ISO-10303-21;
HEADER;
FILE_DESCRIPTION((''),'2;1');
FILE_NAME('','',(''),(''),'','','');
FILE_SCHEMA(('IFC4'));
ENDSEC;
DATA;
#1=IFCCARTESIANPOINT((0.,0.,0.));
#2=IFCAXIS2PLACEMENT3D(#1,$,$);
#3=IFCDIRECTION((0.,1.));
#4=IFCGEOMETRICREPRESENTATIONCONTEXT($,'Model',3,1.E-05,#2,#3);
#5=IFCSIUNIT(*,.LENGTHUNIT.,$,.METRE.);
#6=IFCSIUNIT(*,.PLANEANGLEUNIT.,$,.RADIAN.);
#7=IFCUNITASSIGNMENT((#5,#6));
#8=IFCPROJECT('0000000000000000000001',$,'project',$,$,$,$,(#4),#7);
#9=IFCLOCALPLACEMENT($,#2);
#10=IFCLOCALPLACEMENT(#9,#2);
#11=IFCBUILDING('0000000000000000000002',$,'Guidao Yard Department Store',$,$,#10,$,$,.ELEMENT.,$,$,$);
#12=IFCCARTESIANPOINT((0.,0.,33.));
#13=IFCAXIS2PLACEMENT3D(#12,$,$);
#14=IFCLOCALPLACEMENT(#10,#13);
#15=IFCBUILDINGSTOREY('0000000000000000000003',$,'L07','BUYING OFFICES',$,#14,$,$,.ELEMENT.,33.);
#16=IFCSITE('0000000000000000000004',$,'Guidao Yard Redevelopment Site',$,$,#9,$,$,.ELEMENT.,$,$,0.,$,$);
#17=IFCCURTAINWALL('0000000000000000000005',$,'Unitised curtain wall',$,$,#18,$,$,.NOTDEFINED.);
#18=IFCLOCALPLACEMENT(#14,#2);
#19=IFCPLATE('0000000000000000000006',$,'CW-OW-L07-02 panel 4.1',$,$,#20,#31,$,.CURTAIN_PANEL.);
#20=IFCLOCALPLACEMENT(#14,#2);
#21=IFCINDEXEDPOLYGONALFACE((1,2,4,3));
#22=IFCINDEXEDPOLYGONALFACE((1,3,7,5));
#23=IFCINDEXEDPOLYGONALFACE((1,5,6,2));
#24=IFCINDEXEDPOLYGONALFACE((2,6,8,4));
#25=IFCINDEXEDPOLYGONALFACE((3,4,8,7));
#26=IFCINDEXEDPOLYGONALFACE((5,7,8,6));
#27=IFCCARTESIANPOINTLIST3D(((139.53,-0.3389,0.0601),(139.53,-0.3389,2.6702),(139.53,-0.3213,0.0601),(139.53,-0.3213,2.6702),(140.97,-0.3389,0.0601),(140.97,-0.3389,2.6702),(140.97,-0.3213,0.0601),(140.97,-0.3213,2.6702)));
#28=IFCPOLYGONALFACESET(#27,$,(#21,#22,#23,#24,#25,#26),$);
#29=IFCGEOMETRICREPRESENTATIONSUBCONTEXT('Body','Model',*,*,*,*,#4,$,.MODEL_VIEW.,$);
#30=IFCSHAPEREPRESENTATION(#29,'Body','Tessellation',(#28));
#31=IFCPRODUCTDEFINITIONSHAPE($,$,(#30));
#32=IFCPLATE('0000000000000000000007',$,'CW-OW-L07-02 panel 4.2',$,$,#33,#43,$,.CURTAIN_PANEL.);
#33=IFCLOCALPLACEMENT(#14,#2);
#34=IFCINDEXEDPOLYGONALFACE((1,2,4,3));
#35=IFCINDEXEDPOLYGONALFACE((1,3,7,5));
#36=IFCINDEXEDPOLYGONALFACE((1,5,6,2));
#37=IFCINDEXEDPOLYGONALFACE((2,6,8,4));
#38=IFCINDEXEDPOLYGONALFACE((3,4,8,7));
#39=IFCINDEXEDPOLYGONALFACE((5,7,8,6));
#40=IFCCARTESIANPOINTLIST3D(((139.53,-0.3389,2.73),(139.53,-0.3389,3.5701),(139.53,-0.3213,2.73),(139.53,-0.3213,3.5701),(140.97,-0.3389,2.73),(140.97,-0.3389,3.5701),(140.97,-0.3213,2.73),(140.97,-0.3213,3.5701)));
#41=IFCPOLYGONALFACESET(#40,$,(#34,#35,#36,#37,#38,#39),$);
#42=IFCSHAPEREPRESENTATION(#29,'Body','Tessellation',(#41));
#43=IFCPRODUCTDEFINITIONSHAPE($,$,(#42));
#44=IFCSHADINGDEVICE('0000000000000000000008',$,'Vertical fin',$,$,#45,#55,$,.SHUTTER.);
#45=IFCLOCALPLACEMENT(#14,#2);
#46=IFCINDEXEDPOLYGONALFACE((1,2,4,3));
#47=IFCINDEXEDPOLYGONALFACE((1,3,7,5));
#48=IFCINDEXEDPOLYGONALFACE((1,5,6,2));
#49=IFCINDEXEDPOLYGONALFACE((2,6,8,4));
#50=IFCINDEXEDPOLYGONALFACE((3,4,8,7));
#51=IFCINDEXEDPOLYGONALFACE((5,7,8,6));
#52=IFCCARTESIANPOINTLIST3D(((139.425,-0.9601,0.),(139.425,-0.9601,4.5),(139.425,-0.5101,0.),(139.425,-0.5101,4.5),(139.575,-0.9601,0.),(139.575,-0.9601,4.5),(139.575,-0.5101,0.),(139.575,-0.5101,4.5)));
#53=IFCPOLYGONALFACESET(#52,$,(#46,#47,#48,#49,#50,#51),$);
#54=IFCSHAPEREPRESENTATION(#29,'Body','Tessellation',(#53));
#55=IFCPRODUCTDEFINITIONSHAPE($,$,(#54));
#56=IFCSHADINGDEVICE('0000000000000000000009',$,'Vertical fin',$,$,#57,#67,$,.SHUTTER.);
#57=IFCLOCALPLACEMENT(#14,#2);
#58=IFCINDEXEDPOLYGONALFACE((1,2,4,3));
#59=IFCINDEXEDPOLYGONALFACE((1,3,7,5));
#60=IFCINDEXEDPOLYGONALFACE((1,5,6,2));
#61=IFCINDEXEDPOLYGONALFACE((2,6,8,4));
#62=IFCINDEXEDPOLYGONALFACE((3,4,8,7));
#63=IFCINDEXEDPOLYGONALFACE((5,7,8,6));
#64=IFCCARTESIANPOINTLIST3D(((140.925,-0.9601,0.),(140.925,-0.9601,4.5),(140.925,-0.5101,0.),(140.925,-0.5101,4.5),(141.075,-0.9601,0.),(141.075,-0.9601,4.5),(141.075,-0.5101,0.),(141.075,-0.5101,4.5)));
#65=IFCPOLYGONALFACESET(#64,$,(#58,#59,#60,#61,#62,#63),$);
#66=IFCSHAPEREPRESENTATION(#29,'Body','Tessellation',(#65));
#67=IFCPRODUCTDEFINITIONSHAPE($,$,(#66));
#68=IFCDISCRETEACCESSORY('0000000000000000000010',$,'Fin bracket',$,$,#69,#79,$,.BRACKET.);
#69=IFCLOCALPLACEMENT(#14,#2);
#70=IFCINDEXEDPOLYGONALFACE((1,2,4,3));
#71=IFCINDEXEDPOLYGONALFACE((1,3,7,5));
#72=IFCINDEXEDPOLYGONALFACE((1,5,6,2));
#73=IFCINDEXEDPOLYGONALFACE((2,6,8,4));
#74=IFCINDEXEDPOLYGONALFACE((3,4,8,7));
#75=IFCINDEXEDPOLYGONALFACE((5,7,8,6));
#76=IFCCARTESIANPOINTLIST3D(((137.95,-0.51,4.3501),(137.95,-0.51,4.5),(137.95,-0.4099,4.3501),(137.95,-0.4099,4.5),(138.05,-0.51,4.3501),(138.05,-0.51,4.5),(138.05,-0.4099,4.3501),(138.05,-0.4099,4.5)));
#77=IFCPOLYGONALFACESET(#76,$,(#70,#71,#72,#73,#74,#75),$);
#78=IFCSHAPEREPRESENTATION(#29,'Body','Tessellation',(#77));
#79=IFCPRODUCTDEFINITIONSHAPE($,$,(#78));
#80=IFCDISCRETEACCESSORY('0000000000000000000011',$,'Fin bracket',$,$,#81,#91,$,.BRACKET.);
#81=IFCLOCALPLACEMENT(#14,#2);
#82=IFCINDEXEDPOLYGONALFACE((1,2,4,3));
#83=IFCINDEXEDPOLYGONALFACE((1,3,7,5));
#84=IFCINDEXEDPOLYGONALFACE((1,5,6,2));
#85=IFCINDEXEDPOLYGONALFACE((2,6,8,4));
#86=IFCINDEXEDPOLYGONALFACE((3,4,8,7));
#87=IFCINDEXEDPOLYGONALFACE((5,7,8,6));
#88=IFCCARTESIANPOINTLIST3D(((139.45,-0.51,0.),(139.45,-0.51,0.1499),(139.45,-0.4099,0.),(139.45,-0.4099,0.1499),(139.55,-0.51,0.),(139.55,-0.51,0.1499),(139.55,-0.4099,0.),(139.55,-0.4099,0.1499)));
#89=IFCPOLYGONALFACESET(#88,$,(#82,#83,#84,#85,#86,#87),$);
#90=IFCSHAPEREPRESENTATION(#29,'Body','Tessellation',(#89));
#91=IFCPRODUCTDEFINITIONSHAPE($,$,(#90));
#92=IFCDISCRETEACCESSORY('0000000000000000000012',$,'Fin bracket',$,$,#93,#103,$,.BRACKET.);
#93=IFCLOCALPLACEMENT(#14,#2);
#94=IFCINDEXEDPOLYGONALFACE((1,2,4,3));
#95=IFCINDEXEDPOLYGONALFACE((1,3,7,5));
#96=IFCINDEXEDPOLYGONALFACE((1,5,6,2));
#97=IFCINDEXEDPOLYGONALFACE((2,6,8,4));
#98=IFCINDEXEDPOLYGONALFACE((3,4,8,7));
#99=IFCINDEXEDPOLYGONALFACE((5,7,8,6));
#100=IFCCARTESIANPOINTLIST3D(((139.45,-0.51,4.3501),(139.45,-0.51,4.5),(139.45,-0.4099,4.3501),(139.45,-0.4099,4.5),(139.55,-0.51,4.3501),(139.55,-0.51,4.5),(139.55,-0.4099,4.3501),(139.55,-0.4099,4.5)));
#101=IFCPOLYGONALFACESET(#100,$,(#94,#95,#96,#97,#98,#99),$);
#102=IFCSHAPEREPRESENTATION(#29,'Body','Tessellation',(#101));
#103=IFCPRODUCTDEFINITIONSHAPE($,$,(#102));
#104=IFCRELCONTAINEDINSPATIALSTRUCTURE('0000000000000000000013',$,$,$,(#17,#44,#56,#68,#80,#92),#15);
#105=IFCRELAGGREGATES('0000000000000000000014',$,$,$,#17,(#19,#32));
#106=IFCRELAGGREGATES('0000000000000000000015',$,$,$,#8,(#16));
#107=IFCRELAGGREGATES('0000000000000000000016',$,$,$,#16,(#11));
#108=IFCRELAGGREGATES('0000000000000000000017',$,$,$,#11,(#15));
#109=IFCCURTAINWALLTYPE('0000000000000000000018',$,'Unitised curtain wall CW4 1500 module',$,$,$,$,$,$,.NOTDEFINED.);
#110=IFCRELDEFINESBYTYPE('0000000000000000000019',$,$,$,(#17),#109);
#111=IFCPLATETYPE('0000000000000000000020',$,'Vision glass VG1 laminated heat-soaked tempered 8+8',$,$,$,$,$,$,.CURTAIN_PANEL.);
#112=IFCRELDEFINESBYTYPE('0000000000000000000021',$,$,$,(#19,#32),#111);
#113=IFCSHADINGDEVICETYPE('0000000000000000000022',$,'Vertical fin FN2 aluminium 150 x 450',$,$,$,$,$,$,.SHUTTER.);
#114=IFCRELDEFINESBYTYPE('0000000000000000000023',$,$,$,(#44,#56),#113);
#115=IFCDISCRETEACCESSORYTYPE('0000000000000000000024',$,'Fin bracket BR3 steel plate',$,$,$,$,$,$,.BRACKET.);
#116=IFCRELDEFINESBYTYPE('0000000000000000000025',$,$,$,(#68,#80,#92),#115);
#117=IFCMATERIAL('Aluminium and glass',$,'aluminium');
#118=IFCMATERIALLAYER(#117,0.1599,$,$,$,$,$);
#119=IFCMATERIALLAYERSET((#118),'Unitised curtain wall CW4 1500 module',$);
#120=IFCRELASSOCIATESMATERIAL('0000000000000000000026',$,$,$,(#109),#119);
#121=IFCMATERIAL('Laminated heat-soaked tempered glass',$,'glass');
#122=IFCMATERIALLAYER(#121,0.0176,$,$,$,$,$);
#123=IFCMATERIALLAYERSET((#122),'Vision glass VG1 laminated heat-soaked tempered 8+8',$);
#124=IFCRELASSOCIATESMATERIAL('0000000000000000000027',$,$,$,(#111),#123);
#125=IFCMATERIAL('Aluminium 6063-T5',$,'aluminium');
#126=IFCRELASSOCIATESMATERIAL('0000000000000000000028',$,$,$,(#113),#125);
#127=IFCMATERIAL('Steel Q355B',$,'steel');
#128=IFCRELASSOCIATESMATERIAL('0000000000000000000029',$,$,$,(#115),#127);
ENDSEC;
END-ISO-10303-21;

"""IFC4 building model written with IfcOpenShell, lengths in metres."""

from ifc_helpers import new_model, si_unit, direction, frame, origin, origin_2d, place, context, subcontext, project, spatial, rectangle, extrude, material, layer, layer_set, type_object, element, aggregate, save


model = new_model("IFC4")

# Units and contexts
model_context = context("Model", 3, precision=1e-05, world=origin(), true_north=direction((0.0, 1.0)))
body_context = subcontext(model_context, "Body", "Model", "MODEL_VIEW")
ifc_project = project(units=[si_unit("LENGTHUNIT", "METRE"), si_unit("PLANEANGLEUNIT", "RADIAN")], contexts=[model_context])

# Site, building, storey
site_placement = place(None, origin())
site = spatial("IfcSite", under=ifc_project, at=site_placement, Name="Guidao Yard Redevelopment Site", CompositionType="ELEMENT", RefElevation=0.0)
building_placement = place(site_placement, origin())
building = spatial("IfcBuilding", under=site, at=building_placement, Name="Guidao Yard Department Store", CompositionType="ELEMENT")
storey_placement = place(building_placement, frame((0.0, 0.0, 33.0)))
storey = spatial("IfcBuildingStorey", under=building, at=storey_placement, Name="L07", Description="BUYING OFFICES", CompositionType="ELEMENT", Elevation=33.0)

# Curtain wall, plates
ifc_material_1 = material(Name="Aluminium and glass", Category="aluminium")
ifc_layer_1 = layer(ifc_material_1, 0.1599)
ifc_layer_set_1 = layer_set([ifc_layer_1], Name="Unitised curtain wall CW4 1500 module")
curtain_wall_type = type_object("IfcCurtainWallType", Name="Unitised curtain wall CW4 1500 module", PredefinedType="NOTDEFINED", material=ifc_layer_set_1)
curtain_wall_placement = place(storey_placement, origin())
curtain_wall = element("IfcCurtainWall", 1, at=curtain_wall_placement, inside=storey, type_object=curtain_wall_type, Name="Unitised curtain wall", PredefinedType="NOTDEFINED")
ifc_material_2 = material(Name="Laminated heat-soaked tempered glass", Category="glass")
ifc_layer_2 = layer(ifc_material_2, 0.0176)
ifc_layer_set_2 = layer_set([ifc_layer_2], Name="Vision glass VG1 laminated heat-soaked tempered 8+8")
plate_type_1 = type_object("IfcPlateType", Name="Vision glass VG1 laminated heat-soaked tempered 8+8", PredefinedType="CURTAIN_PANEL", material=ifc_layer_set_2)
plate_1_placement = place(storey_placement, frame((140.25, -0.3301, 0.0601), z_axis=(0.0, 0.0, 1.0), x_axis=(-1.0, 0.0, 0.0)))
plate_1 = element("IfcPlate", 2, at=plate_1_placement, type_object=plate_type_1, Name="CW-OW-L07-02 panel 4.1", PredefinedType="CURTAIN_PANEL", context=body_context, shape_type="SweptSolid", body=[
    extrude(rectangle(XDim=1.4399, YDim=0.0176, at=origin_2d()), origin(), (0.0, 0.0, 1.0), 2.6101),
])
plate_2_placement = place(storey_placement, frame((140.25, -0.3301, 2.73), z_axis=(0.0, 0.0, 1.0), x_axis=(-1.0, 0.0, 0.0)))
plate_2 = element("IfcPlate", 3, at=plate_2_placement, type_object=plate_type_1, Name="CW-OW-L07-02 panel 4.2", PredefinedType="CURTAIN_PANEL", context=body_context, shape_type="SweptSolid", body=[
    extrude(rectangle(XDim=1.4399, YDim=0.0176, at=origin_2d()), origin(), (0.0, 0.0, 1.0), 0.8401),
])
aggregate(curtain_wall, [plate_1, plate_2])

# Shading devices
ifc_material_3 = material(Name="Aluminium 6063-T5", Category="aluminium")
shading_device_type = type_object("IfcShadingDeviceType", Name="Vertical fin FN2 aluminium 150 x 450", PredefinedType="SHUTTER", material=ifc_material_3)
for number, where, z_axis, x_axis, name in (
    (4, (139.5, -0.7351, 0.0), (0.0, 0.0, 1.0), (-1.0, 0.0, 0.0), "Vertical fin"),
    (5, (141.0, -0.7351, 0.0), (0.0, 0.0, 1.0), (-1.0, 0.0, 0.0), "Vertical fin"),
):
    element("IfcShadingDevice", number, at=place(storey_placement, frame(where, z_axis=z_axis, x_axis=x_axis)), inside=storey, type_object=shading_device_type, Name=name, PredefinedType="SHUTTER", context=body_context, shape_type="SweptSolid", body=[
        extrude(rectangle(XDim=0.1499, YDim=0.45, at=origin_2d()), origin(), (0.0, 0.0, 1.0), 4.5),
    ])

# Discrete accessories
ifc_material_4 = material(Name="Steel Q355B", Category="steel")
discrete_accessory_type = type_object("IfcDiscreteAccessoryType", Name="Fin bracket BR3 steel plate", PredefinedType="BRACKET", material=ifc_material_4)
for number, where, z_axis, x_axis, name in (
    (6, (138.0, -0.46, 4.3501), (0.0, 0.0, 1.0), (-1.0, 0.0, 0.0), "Fin bracket"),
    (7, (139.5, -0.46, 0.0), (0.0, 0.0, 1.0), (-1.0, 0.0, 0.0), "Fin bracket"),
    (8, (139.5, -0.46, 4.3501), (0.0, 0.0, 1.0), (-1.0, 0.0, 0.0), "Fin bracket"),
):
    element("IfcDiscreteAccessory", number, at=place(storey_placement, frame(where, z_axis=z_axis, x_axis=x_axis)), inside=storey, type_object=discrete_accessory_type, Name=name, PredefinedType="BRACKET", context=body_context, shape_type="SweptSolid", body=[
        extrude(rectangle(XDim=0.1001, YDim=0.1001, at=origin_2d()), origin(), (0.0, 0.0, 1.0), 0.1499),
    ])

save(model, "model.ifc")
